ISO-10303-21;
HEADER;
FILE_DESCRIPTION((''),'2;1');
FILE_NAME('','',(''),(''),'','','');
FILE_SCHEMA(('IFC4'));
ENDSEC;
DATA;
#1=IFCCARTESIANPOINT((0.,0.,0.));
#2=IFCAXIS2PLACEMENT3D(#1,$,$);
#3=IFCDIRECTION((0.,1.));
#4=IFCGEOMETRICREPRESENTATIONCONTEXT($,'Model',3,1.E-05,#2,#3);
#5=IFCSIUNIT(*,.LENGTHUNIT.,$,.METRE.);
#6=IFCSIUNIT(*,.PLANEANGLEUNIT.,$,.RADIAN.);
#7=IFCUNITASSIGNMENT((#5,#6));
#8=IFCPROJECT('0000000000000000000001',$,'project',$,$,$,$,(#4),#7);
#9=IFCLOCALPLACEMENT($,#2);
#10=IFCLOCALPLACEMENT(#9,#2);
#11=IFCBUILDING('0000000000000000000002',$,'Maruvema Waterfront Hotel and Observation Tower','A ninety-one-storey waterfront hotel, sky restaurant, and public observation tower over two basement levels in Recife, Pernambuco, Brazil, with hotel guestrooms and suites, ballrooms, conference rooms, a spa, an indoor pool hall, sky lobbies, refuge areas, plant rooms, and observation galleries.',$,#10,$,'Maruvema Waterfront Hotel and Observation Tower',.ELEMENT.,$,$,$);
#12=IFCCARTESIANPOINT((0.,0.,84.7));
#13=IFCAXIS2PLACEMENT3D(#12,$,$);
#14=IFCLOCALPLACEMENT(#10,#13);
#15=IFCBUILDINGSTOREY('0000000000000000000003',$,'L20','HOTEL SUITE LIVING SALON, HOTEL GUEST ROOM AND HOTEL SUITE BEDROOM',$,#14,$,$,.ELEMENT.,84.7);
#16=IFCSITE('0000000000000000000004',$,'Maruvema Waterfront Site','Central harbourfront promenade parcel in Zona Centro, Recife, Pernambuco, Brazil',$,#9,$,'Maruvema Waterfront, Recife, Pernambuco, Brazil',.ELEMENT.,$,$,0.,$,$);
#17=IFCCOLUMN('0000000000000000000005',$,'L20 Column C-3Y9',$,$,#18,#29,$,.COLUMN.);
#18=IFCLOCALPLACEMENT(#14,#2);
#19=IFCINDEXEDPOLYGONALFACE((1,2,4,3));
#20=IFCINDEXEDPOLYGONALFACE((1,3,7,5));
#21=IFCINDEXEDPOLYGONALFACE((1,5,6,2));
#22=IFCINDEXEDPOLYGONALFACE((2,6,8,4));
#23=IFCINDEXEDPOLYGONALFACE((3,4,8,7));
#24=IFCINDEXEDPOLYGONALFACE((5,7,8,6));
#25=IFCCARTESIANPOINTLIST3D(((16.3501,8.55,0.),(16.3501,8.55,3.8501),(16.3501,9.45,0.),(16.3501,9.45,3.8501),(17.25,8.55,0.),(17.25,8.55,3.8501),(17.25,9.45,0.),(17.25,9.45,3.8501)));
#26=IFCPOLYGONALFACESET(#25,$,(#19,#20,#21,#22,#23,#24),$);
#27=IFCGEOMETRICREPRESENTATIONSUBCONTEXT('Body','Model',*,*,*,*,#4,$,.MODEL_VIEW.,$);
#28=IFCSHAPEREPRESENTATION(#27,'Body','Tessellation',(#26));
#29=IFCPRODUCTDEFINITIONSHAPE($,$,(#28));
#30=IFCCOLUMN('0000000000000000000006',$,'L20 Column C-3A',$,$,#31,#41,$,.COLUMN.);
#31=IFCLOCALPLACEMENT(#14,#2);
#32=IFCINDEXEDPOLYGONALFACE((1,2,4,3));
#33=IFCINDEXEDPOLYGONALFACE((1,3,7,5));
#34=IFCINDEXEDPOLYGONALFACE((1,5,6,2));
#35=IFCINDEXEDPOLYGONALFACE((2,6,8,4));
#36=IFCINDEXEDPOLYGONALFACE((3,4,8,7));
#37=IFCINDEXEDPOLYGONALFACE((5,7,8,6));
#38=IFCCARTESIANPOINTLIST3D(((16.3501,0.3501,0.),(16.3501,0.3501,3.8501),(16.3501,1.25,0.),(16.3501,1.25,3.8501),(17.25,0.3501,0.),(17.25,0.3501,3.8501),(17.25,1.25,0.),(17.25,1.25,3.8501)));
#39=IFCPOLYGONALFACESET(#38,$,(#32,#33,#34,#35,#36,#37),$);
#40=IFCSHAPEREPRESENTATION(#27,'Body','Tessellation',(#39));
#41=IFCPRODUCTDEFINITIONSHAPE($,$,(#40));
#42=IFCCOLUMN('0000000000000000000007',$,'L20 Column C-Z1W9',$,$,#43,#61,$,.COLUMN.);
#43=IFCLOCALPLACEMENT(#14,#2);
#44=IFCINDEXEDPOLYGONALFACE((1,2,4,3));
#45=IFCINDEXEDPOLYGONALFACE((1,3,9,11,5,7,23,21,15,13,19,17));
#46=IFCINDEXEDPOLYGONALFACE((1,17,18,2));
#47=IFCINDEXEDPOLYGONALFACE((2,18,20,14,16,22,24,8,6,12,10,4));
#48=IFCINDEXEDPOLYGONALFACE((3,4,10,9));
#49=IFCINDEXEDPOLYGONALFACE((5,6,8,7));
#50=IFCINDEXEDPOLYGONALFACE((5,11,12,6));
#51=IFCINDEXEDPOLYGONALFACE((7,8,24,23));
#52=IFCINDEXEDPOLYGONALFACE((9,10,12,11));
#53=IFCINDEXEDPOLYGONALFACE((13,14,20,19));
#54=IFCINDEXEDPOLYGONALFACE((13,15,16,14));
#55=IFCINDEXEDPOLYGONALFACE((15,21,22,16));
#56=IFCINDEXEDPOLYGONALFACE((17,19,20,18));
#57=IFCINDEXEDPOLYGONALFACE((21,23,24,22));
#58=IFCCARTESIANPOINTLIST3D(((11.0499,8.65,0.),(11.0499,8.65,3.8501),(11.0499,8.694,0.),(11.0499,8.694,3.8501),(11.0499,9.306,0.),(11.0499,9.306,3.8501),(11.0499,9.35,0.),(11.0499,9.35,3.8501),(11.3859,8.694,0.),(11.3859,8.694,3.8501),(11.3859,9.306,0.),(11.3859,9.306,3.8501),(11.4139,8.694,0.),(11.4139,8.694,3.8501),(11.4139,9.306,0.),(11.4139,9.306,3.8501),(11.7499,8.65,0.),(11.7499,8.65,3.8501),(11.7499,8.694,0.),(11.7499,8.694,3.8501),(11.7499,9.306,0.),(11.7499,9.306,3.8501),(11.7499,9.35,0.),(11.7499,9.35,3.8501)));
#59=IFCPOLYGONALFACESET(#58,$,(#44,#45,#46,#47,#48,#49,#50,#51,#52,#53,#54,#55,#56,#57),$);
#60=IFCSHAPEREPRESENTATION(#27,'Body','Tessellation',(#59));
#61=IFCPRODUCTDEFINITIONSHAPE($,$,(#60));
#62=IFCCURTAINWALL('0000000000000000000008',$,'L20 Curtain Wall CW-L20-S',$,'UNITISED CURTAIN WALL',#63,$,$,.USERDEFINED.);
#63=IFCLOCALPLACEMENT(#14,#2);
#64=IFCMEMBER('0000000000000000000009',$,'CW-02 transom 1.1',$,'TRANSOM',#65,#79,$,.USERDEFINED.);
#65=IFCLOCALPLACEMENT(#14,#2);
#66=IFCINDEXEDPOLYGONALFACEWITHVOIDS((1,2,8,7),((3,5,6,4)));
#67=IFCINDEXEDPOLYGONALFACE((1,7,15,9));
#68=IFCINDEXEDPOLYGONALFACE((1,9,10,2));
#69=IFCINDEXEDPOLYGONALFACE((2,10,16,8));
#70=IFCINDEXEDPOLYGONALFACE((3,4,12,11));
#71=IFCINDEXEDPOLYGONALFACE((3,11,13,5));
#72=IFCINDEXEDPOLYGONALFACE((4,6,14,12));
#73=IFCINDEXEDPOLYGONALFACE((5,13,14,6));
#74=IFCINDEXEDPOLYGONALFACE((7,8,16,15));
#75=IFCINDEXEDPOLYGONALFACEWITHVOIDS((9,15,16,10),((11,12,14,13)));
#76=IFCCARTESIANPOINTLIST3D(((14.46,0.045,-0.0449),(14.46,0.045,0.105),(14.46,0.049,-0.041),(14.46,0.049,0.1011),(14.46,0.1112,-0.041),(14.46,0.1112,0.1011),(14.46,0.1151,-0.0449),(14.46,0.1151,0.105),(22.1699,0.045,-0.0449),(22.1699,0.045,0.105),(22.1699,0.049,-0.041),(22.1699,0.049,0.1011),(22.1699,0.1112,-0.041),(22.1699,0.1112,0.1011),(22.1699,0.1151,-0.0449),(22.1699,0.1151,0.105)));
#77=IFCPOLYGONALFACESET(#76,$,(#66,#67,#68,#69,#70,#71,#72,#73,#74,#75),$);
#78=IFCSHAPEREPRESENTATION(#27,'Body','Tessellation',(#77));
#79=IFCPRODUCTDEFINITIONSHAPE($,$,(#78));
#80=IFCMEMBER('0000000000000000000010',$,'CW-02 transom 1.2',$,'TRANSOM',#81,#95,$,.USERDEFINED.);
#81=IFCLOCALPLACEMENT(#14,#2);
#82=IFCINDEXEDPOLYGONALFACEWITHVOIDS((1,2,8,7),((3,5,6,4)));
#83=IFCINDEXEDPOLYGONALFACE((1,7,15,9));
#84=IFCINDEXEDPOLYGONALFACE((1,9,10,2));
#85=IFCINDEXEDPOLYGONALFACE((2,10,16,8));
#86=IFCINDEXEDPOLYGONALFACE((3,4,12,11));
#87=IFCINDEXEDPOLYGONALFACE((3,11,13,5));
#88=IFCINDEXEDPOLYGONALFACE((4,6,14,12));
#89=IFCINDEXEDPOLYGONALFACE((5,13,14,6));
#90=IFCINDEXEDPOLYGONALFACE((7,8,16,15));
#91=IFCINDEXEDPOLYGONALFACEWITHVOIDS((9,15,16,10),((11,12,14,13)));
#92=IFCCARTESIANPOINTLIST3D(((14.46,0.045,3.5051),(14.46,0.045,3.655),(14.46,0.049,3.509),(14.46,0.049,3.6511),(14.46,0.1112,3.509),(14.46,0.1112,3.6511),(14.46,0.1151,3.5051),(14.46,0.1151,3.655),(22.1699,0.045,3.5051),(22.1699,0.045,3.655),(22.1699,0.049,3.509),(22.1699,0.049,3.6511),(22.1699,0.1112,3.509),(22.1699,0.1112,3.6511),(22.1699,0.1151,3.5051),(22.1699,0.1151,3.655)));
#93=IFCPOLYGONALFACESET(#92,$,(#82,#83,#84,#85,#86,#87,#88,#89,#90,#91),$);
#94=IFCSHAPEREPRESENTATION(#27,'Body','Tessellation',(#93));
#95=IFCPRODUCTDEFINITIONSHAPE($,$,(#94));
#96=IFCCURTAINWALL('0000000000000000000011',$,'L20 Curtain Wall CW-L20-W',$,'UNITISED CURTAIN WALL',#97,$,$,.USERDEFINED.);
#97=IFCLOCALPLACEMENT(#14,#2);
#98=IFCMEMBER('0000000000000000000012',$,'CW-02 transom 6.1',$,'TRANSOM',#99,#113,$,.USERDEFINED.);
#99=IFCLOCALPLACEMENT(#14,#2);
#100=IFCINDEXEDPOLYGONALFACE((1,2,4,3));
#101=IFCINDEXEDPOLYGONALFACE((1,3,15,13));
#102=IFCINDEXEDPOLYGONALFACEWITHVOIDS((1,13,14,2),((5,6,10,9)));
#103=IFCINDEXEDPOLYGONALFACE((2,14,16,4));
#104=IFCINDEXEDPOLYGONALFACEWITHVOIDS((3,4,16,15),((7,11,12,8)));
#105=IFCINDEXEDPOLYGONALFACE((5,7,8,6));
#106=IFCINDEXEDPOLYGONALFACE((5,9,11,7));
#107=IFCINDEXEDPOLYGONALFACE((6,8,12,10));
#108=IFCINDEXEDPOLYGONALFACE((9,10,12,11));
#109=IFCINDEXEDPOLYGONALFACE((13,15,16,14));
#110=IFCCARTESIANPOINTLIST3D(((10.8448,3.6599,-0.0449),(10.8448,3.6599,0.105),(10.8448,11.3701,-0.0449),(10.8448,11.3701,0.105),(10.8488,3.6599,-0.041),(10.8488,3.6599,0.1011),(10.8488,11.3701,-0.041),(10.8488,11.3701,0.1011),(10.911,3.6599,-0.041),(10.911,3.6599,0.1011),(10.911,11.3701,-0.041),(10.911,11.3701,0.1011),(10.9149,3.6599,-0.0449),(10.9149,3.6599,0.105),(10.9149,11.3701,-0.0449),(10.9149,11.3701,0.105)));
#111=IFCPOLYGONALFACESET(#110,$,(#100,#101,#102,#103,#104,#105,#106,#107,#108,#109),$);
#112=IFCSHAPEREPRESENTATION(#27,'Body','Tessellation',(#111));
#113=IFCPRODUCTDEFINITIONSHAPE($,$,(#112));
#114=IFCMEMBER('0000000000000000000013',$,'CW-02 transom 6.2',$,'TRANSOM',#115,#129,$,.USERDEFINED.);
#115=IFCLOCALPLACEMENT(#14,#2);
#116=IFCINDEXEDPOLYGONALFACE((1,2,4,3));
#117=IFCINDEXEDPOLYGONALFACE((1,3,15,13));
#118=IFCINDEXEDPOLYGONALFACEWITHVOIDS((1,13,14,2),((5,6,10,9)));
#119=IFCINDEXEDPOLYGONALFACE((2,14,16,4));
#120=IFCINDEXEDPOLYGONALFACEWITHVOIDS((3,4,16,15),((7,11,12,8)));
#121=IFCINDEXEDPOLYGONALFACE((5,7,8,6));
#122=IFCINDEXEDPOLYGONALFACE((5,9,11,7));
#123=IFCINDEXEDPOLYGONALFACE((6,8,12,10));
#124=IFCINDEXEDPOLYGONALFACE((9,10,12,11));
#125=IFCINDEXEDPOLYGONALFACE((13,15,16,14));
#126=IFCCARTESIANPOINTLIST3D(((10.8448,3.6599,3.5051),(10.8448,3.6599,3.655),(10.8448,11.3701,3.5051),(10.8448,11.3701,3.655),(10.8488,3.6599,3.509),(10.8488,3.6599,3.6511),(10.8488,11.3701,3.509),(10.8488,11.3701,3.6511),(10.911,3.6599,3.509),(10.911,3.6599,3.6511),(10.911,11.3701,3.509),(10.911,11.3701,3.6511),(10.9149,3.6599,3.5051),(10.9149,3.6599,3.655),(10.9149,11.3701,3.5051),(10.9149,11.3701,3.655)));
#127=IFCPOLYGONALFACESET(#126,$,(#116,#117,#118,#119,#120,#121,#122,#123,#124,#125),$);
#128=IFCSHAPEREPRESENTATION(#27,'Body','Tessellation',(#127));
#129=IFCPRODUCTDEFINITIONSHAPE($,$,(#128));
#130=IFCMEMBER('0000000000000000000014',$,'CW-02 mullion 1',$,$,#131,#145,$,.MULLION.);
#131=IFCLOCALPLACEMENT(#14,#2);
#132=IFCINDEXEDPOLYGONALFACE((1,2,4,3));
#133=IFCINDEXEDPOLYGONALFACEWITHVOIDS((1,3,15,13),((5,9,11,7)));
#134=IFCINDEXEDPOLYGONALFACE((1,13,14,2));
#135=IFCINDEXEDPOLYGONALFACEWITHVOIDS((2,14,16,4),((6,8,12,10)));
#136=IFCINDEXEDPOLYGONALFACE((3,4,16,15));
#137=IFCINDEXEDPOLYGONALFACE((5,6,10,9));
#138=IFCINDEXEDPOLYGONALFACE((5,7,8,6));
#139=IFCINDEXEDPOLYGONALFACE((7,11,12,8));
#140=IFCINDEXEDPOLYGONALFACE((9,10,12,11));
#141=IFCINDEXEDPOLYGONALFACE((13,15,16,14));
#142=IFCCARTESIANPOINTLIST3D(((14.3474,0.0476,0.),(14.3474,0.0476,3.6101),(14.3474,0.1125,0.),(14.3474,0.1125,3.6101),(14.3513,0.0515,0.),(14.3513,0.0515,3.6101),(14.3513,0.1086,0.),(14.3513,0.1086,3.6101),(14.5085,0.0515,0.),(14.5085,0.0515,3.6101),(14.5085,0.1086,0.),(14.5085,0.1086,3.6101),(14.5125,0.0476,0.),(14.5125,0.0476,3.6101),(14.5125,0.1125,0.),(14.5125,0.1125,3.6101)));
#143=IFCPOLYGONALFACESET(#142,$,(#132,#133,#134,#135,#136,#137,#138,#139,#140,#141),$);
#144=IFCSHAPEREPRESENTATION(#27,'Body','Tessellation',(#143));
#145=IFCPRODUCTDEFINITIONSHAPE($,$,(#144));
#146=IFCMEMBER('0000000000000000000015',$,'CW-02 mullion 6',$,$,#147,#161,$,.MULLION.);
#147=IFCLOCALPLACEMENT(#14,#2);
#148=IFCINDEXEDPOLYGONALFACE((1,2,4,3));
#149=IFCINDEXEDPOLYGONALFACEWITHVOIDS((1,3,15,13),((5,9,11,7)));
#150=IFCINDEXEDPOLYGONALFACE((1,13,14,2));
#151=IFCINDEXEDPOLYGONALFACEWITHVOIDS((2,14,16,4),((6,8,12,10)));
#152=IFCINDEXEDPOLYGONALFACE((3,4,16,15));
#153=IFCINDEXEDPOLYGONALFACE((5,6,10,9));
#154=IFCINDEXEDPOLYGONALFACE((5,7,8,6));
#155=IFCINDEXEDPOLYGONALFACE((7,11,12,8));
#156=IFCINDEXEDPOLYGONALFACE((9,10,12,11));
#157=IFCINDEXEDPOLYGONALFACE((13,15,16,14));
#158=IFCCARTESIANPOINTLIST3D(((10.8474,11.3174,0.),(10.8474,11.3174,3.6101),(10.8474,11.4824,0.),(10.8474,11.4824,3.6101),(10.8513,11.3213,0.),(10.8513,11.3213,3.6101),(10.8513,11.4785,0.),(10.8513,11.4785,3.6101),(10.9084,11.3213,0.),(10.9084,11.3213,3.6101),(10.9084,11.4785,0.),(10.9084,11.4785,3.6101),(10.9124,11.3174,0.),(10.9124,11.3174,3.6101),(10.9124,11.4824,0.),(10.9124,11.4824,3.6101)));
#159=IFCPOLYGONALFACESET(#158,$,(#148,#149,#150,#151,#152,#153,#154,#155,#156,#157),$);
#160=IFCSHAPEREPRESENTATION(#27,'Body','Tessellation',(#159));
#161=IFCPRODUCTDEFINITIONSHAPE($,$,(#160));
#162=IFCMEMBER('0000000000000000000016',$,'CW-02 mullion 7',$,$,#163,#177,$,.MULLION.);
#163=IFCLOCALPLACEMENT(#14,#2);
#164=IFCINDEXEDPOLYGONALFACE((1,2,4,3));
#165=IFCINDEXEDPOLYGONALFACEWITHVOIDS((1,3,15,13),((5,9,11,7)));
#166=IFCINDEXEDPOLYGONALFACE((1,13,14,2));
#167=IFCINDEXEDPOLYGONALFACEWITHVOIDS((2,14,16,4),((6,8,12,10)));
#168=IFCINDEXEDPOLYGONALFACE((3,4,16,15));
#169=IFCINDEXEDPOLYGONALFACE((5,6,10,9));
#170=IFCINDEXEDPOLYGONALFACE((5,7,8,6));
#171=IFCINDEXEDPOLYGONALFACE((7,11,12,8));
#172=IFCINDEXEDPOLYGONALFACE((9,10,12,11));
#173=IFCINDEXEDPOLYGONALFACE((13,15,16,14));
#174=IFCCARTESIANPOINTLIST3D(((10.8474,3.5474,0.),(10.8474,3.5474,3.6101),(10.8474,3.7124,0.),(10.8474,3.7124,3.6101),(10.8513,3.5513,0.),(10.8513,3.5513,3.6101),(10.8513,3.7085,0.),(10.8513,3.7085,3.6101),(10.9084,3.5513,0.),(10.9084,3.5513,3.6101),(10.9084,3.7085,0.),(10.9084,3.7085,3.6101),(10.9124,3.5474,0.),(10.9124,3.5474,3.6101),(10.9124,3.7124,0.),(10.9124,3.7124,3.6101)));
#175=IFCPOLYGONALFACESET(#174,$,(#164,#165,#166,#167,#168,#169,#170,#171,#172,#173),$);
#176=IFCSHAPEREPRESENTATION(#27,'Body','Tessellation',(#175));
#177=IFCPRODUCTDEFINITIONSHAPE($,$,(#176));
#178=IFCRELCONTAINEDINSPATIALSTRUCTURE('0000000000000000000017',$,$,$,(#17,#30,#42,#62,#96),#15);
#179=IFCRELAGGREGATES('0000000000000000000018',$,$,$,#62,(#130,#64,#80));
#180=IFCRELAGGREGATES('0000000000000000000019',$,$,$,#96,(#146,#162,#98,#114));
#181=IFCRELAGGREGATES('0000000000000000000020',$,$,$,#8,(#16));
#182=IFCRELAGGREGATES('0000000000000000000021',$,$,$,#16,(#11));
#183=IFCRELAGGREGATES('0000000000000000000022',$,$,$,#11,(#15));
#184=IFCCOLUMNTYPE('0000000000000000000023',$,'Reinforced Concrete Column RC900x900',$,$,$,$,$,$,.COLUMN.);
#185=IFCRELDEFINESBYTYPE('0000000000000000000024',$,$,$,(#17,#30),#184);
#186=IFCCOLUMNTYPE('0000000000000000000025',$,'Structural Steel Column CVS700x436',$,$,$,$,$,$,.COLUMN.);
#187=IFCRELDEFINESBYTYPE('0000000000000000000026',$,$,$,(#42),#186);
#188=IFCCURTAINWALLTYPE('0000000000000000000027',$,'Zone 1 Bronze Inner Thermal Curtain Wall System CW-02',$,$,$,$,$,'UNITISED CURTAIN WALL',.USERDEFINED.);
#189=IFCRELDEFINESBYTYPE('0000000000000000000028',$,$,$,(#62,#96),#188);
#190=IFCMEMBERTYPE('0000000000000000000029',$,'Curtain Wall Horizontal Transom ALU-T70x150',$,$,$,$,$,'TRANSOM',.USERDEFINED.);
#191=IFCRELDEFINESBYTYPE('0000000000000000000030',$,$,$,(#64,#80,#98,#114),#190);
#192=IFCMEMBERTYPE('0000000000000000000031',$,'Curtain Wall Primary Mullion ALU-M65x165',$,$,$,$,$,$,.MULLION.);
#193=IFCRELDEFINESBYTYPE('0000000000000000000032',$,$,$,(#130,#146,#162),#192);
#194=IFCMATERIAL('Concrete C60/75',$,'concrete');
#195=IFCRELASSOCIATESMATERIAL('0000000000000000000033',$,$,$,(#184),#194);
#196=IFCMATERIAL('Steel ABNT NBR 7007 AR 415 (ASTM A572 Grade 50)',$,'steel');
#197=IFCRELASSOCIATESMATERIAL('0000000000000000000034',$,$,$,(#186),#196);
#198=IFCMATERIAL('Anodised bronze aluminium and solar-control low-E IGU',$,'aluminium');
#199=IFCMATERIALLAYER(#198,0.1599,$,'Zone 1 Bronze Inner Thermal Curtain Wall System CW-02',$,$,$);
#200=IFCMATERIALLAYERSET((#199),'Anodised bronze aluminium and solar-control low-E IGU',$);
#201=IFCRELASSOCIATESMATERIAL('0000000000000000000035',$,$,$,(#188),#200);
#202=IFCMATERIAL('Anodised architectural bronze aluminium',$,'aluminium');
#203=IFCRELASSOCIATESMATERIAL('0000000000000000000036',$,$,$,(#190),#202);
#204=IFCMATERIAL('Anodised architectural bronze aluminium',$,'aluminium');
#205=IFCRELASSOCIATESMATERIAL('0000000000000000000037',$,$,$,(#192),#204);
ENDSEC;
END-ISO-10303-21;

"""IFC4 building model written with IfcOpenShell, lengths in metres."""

from ifc_helpers import new_model, si_unit, direction, frame, origin, origin_2d, place, context, subcontext, project, spatial, rectangle, hollow_rectangle, i_section, extrude, material, layer, layer_set, material_profile, profile_set, type_object, element, aggregate, save


model = new_model("IFC4")

# Units and contexts
model_context = context("Model", 3, precision=1e-05, world=origin(), true_north=direction((0.0, 1.0)))
body_context = subcontext(model_context, "Body", "Model", "MODEL_VIEW")
ifc_project = project(units=[si_unit("LENGTHUNIT", "METRE"), si_unit("PLANEANGLEUNIT", "RADIAN")], contexts=[model_context])

# Site, building, storey
site_placement = place(None, origin())
site = spatial("IfcSite", under=ifc_project, at=site_placement, Name="Maruvema Waterfront Site", Description="Central harbourfront promenade parcel in Zona Centro, Recife, Pernambuco, Brazil", LongName="Maruvema Waterfront, Recife, Pernambuco, Brazil", CompositionType="ELEMENT", RefElevation=0.0)
building_placement = place(site_placement, origin())
building = spatial("IfcBuilding", under=site, at=building_placement, Name="Maruvema Waterfront Hotel and Observation Tower", Description="A ninety-one-storey waterfront hotel, sky restaurant, and public observation tower over two basement levels in Recife, Pernambuco, Brazil, with hotel guestrooms and suites, ballrooms, conference rooms, a spa, an indoor pool hall, sky lobbies, refuge areas, plant rooms, and observation galleries.", LongName="Maruvema Waterfront Hotel and Observation Tower", CompositionType="ELEMENT")
storey_placement = place(building_placement, frame((0.0, 0.0, 84.7)))
storey = spatial("IfcBuildingStorey", under=building, at=storey_placement, Name="L20", Description="HOTEL SUITE LIVING SALON, HOTEL GUEST ROOM AND HOTEL SUITE BEDROOM", CompositionType="ELEMENT", Elevation=84.7)

# Columns
ifc_material_1 = material(Name="Concrete C60/75", Category="concrete")
ifc_material_profile_1 = material_profile(ifc_material_1, rectangle(XDim=0.8999, YDim=0.8999, at=origin_2d()), Name="RC900x900")
ifc_profile_set_1 = profile_set([ifc_material_profile_1], Name="Concrete C60/75")
column_type_1 = type_object("IfcColumnType", Name="Reinforced Concrete Column RC900x900", PredefinedType="COLUMN", material=ifc_profile_set_1)
for number, where, z_axis, x_axis, name in (
    (1, (16.8, 9.0, 0.0), (0.0, 0.0, 1.0), (1.0, 0.0, 0.0), "L20 Column C-3Y9"),
    (2, (16.8, 0.8, 0.0), (0.0, 0.0, 1.0), (1.0, 0.0, 0.0), "L20 Column C-3A"),
):
    element("IfcColumn", number, at=place(storey_placement, frame(where, z_axis=z_axis, x_axis=x_axis)), inside=storey, type_object=column_type_1, Name=name, PredefinedType="COLUMN", context=body_context, shape_type="SweptSolid", body=[
        extrude(rectangle(XDim=0.8999, YDim=0.8999, at=origin_2d()), origin(), (0.0, 0.0, 1.0), 3.8501),
    ])
ifc_material_2 = material(Name="Steel ABNT NBR 7007 AR 415 (ASTM A572 Grade 50)", Category="steel")
ifc_material_profile_2 = material_profile(ifc_material_2, i_section(OverallWidth=0.7, OverallDepth=0.7, WebThickness=0.0281, FlangeThickness=0.0439, at=origin_2d()), Name="CVS700x436")
ifc_profile_set_2 = profile_set([ifc_material_profile_2], Name="Steel ABNT NBR 7007 AR 415 (ASTM A572 Grade 50)")
column_type_2 = type_object("IfcColumnType", Name="Structural Steel Column CVS700x436", PredefinedType="COLUMN", material=ifc_profile_set_2)
column_placement = place(storey_placement, frame((11.3999, 9.0, 0.0), z_axis=(0.0, 0.0, 1.0), x_axis=(1.0, 0.0, 0.0)))
element("IfcColumn", 3, at=column_placement, inside=storey, type_object=column_type_2, Name="L20 Column C-Z1W9", PredefinedType="COLUMN", context=body_context, shape_type="SweptSolid", body=[
    extrude(i_section(OverallWidth=0.7, OverallDepth=0.7, WebThickness=0.0281, FlangeThickness=0.0439, at=origin_2d()), origin(), (0.0, 0.0, 1.0), 3.8501),
])

# Curtain walls, members
ifc_material_3 = material(Name="Anodised bronze aluminium and solar-control low-E IGU", Category="aluminium")
ifc_layer_1 = layer(ifc_material_3, 0.1599, Name="Zone 1 Bronze Inner Thermal Curtain Wall System CW-02")
ifc_layer_set_1 = layer_set([ifc_layer_1], Name="Anodised bronze aluminium and solar-control low-E IGU")
curtain_wall_type = type_object("IfcCurtainWallType", Name="Zone 1 Bronze Inner Thermal Curtain Wall System CW-02", ElementType="UNITISED CURTAIN WALL", PredefinedType="USERDEFINED", material=ifc_layer_set_1)
curtain_wall_1_placement = place(storey_placement, origin())
curtain_wall_1 = element("IfcCurtainWall", 4, at=curtain_wall_1_placement, inside=storey, type_object=curtain_wall_type, Name="L20 Curtain Wall CW-L20-S", ObjectType="UNITISED CURTAIN WALL", PredefinedType="USERDEFINED")
ifc_material_4 = material(Name="Anodised architectural bronze aluminium", Category="aluminium")
ifc_material_profile_3 = material_profile(ifc_material_4, hollow_rectangle(XDim=0.0701, YDim=0.1499, WallThickness=0.0039, at=origin_2d()), Name="ALU-T70x150")
ifc_profile_set_3 = profile_set([ifc_material_profile_3], Name="Anodised architectural bronze aluminium")
member_type_1 = type_object("IfcMemberType", Name="Curtain Wall Horizontal Transom ALU-T70x150", ElementType="TRANSOM", PredefinedType="USERDEFINED", material=ifc_profile_set_3)
member_1_placement = place(storey_placement, frame((14.46, 0.0801, 0.03), z_axis=(1.0, 0.0, 0.0), x_axis=(0.0, 1.0, 0.0)))
member_1 = element("IfcMember", 5, at=member_1_placement, type_object=member_type_1, Name="CW-02 transom 1.1", ObjectType="TRANSOM", PredefinedType="USERDEFINED", context=body_context, shape_type="SweptSolid", body=[
    extrude(hollow_rectangle(XDim=0.0701, YDim=0.1499, WallThickness=0.0039, at=origin_2d()), origin(), (0.0, 0.0, 1.0), 7.71),
])
member_2_placement = place(storey_placement, frame((14.46, 0.0801, 3.5801), z_axis=(1.0, 0.0, 0.0), x_axis=(0.0, 1.0, 0.0)))
member_2 = element("IfcMember", 6, at=member_2_placement, type_object=member_type_1, Name="CW-02 transom 1.2", ObjectType="TRANSOM", PredefinedType="USERDEFINED", context=body_context, shape_type="SweptSolid", body=[
    extrude(hollow_rectangle(XDim=0.0701, YDim=0.1499, WallThickness=0.0039, at=origin_2d()), origin(), (0.0, 0.0, 1.0), 7.71),
])
curtain_wall_2_placement = place(storey_placement, origin())
curtain_wall_2 = element("IfcCurtainWall", 7, at=curtain_wall_2_placement, inside=storey, type_object=curtain_wall_type, Name="L20 Curtain Wall CW-L20-W", ObjectType="UNITISED CURTAIN WALL", PredefinedType="USERDEFINED")
member_3_placement = place(storey_placement, frame((10.8799, 11.3701, 0.03), z_axis=(0.0, -1.0, 0.0), x_axis=(1.0, 0.0, 0.0)))
member_3 = element("IfcMember", 8, at=member_3_placement, type_object=member_type_1, Name="CW-02 transom 6.1", ObjectType="TRANSOM", PredefinedType="USERDEFINED", context=body_context, shape_type="SweptSolid", body=[
    extrude(hollow_rectangle(XDim=0.0701, YDim=0.1499, WallThickness=0.0039, at=origin_2d()), origin(), (0.0, 0.0, 1.0), 7.7102),
])
member_4_placement = place(storey_placement, frame((10.8799, 11.3701, 3.5801), z_axis=(0.0, -1.0, 0.0), x_axis=(1.0, 0.0, 0.0)))
member_4 = element("IfcMember", 9, at=member_4_placement, type_object=member_type_1, Name="CW-02 transom 6.2", ObjectType="TRANSOM", PredefinedType="USERDEFINED", context=body_context, shape_type="SweptSolid", body=[
    extrude(hollow_rectangle(XDim=0.0701, YDim=0.1499, WallThickness=0.0039, at=origin_2d()), origin(), (0.0, 0.0, 1.0), 7.7102),
])

# Members
ifc_material_5 = material(Name="Anodised architectural bronze aluminium", Category="aluminium")
ifc_material_profile_4 = material_profile(ifc_material_5, hollow_rectangle(XDim=0.0649, YDim=0.165, WallThickness=0.0039, at=origin_2d()), Name="ALU-M65x165")
ifc_profile_set_4 = profile_set([ifc_material_profile_4], Name="Anodised architectural bronze aluminium")
member_type_2 = type_object("IfcMemberType", Name="Curtain Wall Primary Mullion ALU-M65x165", PredefinedType="MULLION", material=ifc_profile_set_4)
member_5_placement = place(storey_placement, frame((14.4299, 0.0801, 0.0), z_axis=(0.0, 0.0, 1.0), x_axis=(0.0, 1.0, 0.0)))
member_5 = element("IfcMember", 10, at=member_5_placement, type_object=member_type_2, Name="CW-02 mullion 1", PredefinedType="MULLION", context=body_context, shape_type="SweptSolid", body=[
    extrude(hollow_rectangle(XDim=0.0649, YDim=0.165, WallThickness=0.0039, at=origin_2d()), origin(), (0.0, 0.0, 1.0), 3.6101),
])
member_6_placement = place(storey_placement, frame((10.8799, 11.3999, 0.0), z_axis=(0.0, 0.0, 1.0), x_axis=(1.0, 0.0, 0.0)))
member_6 = element("IfcMember", 11, at=member_6_placement, type_object=member_type_2, Name="CW-02 mullion 6", PredefinedType="MULLION", context=body_context, shape_type="SweptSolid", body=[
    extrude(hollow_rectangle(XDim=0.0649, YDim=0.165, WallThickness=0.0039, at=origin_2d()), origin(), (0.0, 0.0, 1.0), 3.6101),
])
member_7_placement = place(storey_placement, frame((10.8799, 3.6299, 0.0), z_axis=(0.0, 0.0, 1.0), x_axis=(1.0, 0.0, 0.0)))
member_7 = element("IfcMember", 12, at=member_7_placement, type_object=member_type_2, Name="CW-02 mullion 7", PredefinedType="MULLION", context=body_context, shape_type="SweptSolid", body=[
    extrude(hollow_rectangle(XDim=0.0649, YDim=0.165, WallThickness=0.0039, at=origin_2d()), origin(), (0.0, 0.0, 1.0), 3.6101),
])

aggregate(curtain_wall_1, [member_5, member_1, member_2])
aggregate(curtain_wall_2, [member_6, member_7, member_3, member_4])

save(model, "model.ifc")
